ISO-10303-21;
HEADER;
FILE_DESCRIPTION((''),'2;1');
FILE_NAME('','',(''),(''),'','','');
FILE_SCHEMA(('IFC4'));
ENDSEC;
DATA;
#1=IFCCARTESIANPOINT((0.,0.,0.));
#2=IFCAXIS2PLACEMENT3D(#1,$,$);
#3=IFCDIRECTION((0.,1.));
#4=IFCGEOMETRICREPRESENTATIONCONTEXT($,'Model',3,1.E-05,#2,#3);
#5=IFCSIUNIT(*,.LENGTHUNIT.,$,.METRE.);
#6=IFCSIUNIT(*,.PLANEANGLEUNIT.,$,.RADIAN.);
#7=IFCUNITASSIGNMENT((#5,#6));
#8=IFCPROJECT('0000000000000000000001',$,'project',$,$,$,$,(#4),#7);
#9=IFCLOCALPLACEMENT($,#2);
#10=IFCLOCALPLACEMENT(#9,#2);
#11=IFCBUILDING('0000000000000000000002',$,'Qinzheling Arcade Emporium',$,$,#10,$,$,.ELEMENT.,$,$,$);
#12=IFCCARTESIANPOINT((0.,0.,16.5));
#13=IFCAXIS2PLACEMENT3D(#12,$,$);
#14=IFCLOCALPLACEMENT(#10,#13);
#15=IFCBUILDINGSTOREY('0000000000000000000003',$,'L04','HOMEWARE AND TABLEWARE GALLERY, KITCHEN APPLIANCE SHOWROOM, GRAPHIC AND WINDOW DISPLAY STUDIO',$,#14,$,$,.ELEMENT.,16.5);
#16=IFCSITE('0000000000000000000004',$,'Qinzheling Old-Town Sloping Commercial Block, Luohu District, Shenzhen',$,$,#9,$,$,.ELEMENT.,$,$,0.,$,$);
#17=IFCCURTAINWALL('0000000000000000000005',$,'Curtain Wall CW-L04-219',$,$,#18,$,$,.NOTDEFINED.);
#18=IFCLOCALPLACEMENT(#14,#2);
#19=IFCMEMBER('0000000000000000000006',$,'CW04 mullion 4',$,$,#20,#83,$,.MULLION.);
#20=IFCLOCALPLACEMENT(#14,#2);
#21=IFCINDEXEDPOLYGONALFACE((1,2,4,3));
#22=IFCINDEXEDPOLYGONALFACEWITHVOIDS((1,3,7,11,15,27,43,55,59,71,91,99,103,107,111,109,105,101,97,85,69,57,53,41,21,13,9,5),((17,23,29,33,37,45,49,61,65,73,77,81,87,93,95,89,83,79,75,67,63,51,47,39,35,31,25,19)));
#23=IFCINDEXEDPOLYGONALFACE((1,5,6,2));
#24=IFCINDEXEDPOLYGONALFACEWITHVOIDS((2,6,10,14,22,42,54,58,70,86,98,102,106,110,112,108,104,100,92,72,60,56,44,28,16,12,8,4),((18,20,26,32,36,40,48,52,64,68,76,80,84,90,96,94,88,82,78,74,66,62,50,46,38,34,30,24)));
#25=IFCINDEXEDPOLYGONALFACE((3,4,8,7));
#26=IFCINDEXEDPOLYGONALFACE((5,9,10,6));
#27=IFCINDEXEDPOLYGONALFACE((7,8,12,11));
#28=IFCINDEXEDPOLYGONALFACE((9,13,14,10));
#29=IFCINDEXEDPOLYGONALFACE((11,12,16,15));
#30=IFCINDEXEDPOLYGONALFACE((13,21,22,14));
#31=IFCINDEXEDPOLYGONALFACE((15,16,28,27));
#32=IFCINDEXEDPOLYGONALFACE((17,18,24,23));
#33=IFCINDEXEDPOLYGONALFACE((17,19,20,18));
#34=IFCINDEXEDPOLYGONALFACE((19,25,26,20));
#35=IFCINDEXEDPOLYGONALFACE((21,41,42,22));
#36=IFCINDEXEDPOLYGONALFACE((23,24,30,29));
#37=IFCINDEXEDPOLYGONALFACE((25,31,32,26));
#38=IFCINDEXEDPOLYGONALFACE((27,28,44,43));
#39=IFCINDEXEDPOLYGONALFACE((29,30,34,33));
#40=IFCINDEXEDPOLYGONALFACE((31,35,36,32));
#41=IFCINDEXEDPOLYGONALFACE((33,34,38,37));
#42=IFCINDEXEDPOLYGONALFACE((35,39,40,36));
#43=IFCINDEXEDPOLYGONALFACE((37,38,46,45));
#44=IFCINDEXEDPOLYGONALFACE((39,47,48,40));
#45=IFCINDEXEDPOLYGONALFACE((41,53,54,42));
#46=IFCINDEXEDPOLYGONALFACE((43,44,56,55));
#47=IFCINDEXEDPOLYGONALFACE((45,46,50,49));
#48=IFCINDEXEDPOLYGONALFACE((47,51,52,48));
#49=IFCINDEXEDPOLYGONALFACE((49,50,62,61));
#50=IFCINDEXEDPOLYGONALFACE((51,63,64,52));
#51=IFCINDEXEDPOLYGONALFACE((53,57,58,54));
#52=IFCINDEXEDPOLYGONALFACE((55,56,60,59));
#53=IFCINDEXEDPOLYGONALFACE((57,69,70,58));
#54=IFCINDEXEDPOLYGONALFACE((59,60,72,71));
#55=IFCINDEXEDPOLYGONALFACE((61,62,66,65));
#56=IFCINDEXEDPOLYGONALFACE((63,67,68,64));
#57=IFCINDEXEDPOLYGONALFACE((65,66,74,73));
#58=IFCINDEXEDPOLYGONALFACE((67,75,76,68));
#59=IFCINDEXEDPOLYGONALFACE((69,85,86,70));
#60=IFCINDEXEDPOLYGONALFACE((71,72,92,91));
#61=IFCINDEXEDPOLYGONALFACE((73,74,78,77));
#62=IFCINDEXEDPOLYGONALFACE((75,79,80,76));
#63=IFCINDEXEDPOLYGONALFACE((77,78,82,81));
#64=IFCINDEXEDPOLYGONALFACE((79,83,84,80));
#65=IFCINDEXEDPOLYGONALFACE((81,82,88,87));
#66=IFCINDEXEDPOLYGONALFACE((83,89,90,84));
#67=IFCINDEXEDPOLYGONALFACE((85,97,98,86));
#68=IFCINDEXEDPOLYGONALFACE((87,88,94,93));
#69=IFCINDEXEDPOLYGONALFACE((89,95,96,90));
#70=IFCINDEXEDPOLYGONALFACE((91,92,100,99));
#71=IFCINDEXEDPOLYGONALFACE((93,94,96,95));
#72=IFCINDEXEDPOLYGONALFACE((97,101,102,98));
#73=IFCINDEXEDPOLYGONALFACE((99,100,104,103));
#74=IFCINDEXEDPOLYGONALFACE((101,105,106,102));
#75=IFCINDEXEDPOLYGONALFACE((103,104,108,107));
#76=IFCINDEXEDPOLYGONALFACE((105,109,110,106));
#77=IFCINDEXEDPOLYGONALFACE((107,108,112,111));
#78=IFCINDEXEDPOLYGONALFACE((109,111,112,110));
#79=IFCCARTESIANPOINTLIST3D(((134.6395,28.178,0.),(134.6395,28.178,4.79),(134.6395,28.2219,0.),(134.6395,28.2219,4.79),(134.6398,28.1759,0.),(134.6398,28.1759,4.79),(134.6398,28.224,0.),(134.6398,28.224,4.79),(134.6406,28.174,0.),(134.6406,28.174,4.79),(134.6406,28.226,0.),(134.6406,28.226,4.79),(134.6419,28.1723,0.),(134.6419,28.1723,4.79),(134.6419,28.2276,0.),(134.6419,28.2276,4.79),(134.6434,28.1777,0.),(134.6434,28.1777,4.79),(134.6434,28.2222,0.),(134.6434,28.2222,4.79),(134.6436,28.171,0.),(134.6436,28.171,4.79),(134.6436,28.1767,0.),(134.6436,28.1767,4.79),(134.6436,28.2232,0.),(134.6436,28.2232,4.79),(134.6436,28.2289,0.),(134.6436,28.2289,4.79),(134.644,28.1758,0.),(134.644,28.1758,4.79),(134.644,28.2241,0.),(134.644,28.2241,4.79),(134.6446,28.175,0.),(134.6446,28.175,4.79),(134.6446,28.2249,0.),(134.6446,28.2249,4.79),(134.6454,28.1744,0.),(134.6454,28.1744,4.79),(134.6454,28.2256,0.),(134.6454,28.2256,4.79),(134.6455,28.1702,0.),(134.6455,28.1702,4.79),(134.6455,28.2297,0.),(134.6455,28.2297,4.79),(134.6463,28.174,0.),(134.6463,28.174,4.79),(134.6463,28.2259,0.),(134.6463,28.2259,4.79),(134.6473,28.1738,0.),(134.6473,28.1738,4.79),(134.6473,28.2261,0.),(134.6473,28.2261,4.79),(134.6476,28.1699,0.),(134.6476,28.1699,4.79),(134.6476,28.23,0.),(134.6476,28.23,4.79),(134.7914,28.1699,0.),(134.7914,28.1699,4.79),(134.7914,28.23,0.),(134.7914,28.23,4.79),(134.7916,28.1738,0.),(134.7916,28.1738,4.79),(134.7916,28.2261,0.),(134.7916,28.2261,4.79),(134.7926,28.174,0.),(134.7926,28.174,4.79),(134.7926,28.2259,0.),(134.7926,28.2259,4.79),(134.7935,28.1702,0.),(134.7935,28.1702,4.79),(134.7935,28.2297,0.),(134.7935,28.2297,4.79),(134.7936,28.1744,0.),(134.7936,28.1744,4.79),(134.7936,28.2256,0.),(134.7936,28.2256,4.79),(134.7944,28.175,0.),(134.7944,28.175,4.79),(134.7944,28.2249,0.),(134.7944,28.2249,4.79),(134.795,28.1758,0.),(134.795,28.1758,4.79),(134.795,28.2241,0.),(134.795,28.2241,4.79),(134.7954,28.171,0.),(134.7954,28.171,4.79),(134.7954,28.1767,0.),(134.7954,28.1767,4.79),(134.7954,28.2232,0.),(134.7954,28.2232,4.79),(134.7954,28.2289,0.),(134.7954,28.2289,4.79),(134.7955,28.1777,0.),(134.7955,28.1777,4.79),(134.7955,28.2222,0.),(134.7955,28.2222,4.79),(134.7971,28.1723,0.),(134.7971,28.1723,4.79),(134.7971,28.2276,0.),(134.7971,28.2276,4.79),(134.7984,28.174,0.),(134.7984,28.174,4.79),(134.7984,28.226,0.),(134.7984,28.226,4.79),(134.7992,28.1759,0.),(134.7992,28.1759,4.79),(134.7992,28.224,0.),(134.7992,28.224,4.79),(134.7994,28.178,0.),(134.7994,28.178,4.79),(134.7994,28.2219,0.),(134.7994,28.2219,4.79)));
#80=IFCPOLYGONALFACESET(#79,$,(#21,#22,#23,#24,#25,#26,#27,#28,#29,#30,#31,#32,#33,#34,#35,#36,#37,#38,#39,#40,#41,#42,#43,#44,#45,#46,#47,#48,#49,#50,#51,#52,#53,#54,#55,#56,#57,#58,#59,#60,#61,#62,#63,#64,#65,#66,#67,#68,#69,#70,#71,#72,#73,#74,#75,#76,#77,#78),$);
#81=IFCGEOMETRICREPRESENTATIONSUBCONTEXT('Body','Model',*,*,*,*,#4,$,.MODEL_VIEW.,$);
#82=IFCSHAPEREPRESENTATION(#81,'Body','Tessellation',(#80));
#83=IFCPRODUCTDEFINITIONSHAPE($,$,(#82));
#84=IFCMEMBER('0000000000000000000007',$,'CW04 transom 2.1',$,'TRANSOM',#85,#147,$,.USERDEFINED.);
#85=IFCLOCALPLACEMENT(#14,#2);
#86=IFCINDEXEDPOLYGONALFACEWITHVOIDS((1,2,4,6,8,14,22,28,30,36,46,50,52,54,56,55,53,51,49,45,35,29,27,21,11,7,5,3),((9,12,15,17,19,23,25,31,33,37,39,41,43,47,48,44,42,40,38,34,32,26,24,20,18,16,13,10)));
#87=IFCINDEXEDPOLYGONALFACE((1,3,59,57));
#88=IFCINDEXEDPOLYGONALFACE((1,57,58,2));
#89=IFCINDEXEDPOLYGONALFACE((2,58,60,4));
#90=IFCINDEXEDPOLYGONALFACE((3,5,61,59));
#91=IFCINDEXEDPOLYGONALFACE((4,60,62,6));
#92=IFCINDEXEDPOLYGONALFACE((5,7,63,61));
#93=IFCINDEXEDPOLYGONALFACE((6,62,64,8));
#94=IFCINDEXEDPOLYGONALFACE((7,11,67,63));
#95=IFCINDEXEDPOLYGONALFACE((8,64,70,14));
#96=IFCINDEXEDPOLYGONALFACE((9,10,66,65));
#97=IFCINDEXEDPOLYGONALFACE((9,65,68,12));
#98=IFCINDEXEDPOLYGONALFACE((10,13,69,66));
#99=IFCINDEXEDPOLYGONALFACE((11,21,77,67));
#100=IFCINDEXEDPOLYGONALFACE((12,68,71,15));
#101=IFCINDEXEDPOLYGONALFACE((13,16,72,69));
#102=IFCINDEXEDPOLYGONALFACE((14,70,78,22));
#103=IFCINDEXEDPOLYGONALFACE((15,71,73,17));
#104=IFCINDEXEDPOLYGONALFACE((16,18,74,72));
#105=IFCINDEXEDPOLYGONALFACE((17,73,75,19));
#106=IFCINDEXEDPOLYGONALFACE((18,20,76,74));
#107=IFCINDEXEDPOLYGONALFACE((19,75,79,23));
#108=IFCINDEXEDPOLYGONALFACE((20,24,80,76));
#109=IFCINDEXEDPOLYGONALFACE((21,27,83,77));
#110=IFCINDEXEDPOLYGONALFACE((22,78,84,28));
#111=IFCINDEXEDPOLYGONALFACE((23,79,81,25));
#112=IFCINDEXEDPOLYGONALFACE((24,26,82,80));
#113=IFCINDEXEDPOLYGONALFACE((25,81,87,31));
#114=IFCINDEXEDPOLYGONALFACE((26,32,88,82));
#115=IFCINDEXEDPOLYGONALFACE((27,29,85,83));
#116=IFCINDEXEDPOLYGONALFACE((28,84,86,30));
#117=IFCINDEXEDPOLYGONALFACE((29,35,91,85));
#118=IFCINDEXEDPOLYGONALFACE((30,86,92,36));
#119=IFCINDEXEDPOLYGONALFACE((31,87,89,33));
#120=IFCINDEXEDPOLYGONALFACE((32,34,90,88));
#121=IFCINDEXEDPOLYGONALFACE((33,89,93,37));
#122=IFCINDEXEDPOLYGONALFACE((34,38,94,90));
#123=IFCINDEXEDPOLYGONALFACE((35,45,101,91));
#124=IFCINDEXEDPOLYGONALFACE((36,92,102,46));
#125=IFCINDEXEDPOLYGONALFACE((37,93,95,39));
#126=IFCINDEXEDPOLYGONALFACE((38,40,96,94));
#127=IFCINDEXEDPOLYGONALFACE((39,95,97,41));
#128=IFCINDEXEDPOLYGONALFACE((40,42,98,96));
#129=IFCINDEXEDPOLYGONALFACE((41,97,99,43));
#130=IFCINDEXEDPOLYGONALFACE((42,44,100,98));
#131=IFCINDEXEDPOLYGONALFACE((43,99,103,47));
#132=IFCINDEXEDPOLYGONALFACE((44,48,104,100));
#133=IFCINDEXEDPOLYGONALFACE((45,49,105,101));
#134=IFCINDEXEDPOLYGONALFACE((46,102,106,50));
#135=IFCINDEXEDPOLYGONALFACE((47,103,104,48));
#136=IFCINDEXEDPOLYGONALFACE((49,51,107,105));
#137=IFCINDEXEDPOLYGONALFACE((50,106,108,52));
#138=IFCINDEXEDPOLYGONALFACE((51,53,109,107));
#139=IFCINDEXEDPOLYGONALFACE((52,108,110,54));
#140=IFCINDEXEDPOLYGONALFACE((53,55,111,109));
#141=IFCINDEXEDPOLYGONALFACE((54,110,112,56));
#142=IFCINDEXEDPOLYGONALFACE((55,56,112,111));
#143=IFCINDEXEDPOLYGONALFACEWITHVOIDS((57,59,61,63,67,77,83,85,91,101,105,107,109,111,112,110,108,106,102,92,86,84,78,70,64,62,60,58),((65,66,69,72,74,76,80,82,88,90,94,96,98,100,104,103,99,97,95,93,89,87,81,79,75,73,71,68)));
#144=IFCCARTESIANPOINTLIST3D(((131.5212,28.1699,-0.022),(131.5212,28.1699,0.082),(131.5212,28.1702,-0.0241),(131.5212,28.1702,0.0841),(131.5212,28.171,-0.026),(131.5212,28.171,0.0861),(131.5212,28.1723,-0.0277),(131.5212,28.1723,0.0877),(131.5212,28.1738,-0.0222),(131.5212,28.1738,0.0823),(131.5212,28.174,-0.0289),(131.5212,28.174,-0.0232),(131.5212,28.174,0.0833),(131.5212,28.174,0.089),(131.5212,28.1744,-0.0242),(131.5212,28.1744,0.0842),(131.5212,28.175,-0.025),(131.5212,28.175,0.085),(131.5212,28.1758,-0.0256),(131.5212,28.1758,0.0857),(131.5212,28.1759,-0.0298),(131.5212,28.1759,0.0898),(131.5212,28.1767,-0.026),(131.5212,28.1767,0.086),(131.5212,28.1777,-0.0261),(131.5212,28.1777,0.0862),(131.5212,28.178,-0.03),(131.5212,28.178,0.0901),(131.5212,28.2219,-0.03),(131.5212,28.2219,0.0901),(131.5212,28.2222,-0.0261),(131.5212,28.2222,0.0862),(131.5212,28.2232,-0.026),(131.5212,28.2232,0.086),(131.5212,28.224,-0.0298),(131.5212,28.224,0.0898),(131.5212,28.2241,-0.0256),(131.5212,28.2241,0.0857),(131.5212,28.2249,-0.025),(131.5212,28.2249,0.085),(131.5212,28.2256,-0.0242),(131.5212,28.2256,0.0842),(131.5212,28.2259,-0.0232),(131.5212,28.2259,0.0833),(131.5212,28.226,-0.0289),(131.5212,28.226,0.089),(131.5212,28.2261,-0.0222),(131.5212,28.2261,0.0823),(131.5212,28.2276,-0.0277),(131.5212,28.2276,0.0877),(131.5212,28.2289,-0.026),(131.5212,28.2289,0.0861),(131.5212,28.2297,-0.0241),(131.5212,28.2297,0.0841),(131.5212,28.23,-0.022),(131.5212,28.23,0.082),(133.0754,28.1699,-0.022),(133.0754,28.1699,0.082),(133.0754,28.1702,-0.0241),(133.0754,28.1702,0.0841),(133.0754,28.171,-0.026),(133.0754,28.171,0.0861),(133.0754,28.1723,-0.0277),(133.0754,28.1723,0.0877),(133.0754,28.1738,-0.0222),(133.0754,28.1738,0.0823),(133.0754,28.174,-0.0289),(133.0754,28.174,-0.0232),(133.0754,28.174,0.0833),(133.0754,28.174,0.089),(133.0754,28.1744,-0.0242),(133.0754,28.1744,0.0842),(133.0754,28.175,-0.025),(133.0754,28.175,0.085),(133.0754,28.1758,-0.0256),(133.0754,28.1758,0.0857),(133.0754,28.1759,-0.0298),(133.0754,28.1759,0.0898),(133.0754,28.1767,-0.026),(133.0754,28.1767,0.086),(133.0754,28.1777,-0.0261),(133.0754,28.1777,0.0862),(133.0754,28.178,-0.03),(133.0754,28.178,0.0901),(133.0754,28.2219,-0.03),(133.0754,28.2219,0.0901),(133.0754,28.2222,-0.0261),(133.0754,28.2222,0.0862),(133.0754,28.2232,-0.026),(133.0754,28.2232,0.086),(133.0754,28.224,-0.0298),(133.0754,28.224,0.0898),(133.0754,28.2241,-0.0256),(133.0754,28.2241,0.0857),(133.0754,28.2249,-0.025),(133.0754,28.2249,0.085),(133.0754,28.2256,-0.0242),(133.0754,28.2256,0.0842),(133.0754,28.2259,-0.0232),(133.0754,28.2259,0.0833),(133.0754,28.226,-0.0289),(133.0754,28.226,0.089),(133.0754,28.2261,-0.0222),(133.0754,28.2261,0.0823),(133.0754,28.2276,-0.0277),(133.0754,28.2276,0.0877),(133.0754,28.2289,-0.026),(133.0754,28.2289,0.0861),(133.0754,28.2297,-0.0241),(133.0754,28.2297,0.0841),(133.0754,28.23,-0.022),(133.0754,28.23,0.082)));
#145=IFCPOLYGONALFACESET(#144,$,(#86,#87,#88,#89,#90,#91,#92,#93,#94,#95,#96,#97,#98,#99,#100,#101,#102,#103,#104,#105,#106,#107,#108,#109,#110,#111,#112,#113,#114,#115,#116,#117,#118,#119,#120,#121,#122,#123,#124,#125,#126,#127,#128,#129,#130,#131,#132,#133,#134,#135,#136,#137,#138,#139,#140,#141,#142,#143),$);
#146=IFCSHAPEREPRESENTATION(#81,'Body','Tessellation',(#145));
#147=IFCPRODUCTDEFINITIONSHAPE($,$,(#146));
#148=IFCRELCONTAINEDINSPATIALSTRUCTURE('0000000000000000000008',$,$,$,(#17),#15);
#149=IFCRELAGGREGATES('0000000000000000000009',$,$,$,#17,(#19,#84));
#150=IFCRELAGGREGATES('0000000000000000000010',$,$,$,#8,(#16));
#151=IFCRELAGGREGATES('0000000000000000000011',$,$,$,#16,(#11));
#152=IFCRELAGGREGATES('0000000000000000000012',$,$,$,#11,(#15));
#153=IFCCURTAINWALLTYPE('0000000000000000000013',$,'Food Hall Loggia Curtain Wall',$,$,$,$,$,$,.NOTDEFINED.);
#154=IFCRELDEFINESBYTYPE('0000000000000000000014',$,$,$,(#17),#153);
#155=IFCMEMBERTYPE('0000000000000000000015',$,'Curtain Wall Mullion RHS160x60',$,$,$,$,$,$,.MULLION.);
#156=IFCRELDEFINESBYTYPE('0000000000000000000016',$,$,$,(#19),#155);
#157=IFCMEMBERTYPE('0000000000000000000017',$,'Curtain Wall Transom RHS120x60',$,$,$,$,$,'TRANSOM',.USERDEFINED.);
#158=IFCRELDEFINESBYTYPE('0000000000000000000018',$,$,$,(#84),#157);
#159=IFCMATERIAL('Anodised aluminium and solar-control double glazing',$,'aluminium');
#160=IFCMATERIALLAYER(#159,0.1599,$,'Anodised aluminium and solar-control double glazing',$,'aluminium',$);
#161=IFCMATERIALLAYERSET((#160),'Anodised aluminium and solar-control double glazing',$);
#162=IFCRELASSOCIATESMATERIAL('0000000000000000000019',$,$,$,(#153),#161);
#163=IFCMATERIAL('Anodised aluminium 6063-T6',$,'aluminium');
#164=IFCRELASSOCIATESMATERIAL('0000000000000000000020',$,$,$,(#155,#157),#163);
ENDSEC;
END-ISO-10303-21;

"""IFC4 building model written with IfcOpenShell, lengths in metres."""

from ifc_helpers import new_model, si_unit, direction, frame, origin, origin_2d, place, context, subcontext, project, spatial, hollow_rectangle, extrude, material, layer, layer_set, material_profile, profile_set, type_object, element, aggregate, save


model = new_model("IFC4")

# Units and contexts
model_context = context("Model", 3, precision=1e-05, world=origin(), true_north=direction((0.0, 1.0)))
body_context = subcontext(model_context, "Body", "Model", "MODEL_VIEW")
ifc_project = project(units=[si_unit("LENGTHUNIT", "METRE"), si_unit("PLANEANGLEUNIT", "RADIAN")], contexts=[model_context])

# Site, building, storey
site_placement = place(None, origin())
site = spatial("IfcSite", under=ifc_project, at=site_placement, Name="Qinzheling Old-Town Sloping Commercial Block, Luohu District, Shenzhen", CompositionType="ELEMENT", RefElevation=0.0)
building_placement = place(site_placement, origin())
building = spatial("IfcBuilding", under=site, at=building_placement, Name="Qinzheling Arcade Emporium", CompositionType="ELEMENT")
storey_placement = place(building_placement, frame((0.0, 0.0, 16.5)))
storey = spatial("IfcBuildingStorey", under=building, at=storey_placement, Name="L04", Description="HOMEWARE AND TABLEWARE GALLERY, KITCHEN APPLIANCE SHOWROOM, GRAPHIC AND WINDOW DISPLAY STUDIO", CompositionType="ELEMENT", Elevation=16.5)

# Curtain wall, members
ifc_material_1 = material(Name="Anodised aluminium and solar-control double glazing", Category="aluminium")
ifc_layer_1 = layer(ifc_material_1, 0.1599, Name="Anodised aluminium and solar-control double glazing", Category="aluminium")
ifc_layer_set_1 = layer_set([ifc_layer_1], Name="Anodised aluminium and solar-control double glazing")
curtain_wall_type = type_object("IfcCurtainWallType", Name="Food Hall Loggia Curtain Wall", PredefinedType="NOTDEFINED", material=ifc_layer_set_1)
curtain_wall_placement = place(storey_placement, origin())
curtain_wall = element("IfcCurtainWall", 1, at=curtain_wall_placement, inside=storey, type_object=curtain_wall_type, Name="Curtain Wall CW-L04-219", PredefinedType="NOTDEFINED")
ifc_material_2 = material(Name="Anodised aluminium 6063-T6", Category="aluminium")
ifc_material_profile_1 = material_profile(ifc_material_2, hollow_rectangle(XDim=0.0601, YDim=0.1599, WallThickness=0.0039, InnerFilletRadius=0.0039, OuterFilletRadius=0.0081, at=origin_2d()), Name="RHS 160x60x4", Category="aluminium")
ifc_profile_set_1 = profile_set([ifc_material_profile_1], Name="Anodised aluminium 6063-T6")
member_type_1 = type_object("IfcMemberType", Name="Curtain Wall Mullion RHS160x60", PredefinedType="MULLION", material=ifc_profile_set_1)
member_1_placement = place(storey_placement, frame((134.7195, 28.2, 0.0), z_axis=(0.0, 0.0, 1.0), x_axis=(0.0, 1.0, 0.0)))
member_1 = element("IfcMember", 2, at=member_1_placement, type_object=member_type_1, Name="CW04 mullion 4", PredefinedType="MULLION", context=body_context, shape_type="SweptSolid", body=[
    extrude(hollow_rectangle(XDim=0.0601, YDim=0.1599, WallThickness=0.0039, InnerFilletRadius=0.0039, OuterFilletRadius=0.0081, at=origin_2d()), origin(), (0.0, 0.0, 1.0), 4.79),
])
ifc_material_profile_2 = material_profile(ifc_material_2, hollow_rectangle(XDim=0.0601, YDim=0.1201, WallThickness=0.0039, InnerFilletRadius=0.0039, OuterFilletRadius=0.0081, at=origin_2d()), Name="RHS 120x60x4", Category="aluminium")
ifc_profile_set_2 = profile_set([ifc_material_profile_2], Name="Anodised aluminium 6063-T6")
member_type_2 = type_object("IfcMemberType", Name="Curtain Wall Transom RHS120x60", ElementType="TRANSOM", PredefinedType="USERDEFINED", material=ifc_profile_set_2)
member_2_placement = place(storey_placement, frame((131.5212, 28.2, 0.03), z_axis=(1.0, 0.0, 0.0), x_axis=(0.0, 1.0, 0.0)))
member_2 = element("IfcMember", 3, at=member_2_placement, type_object=member_type_2, Name="CW04 transom 2.1", ObjectType="TRANSOM", PredefinedType="USERDEFINED", context=body_context, shape_type="SweptSolid", body=[
    extrude(hollow_rectangle(XDim=0.0601, YDim=0.1201, WallThickness=0.0039, InnerFilletRadius=0.0039, OuterFilletRadius=0.0081, at=origin_2d()), origin(), (0.0, 0.0, 1.0), 1.5542),
])

aggregate(curtain_wall, [member_1, member_2])

save(model, "model.ifc")
